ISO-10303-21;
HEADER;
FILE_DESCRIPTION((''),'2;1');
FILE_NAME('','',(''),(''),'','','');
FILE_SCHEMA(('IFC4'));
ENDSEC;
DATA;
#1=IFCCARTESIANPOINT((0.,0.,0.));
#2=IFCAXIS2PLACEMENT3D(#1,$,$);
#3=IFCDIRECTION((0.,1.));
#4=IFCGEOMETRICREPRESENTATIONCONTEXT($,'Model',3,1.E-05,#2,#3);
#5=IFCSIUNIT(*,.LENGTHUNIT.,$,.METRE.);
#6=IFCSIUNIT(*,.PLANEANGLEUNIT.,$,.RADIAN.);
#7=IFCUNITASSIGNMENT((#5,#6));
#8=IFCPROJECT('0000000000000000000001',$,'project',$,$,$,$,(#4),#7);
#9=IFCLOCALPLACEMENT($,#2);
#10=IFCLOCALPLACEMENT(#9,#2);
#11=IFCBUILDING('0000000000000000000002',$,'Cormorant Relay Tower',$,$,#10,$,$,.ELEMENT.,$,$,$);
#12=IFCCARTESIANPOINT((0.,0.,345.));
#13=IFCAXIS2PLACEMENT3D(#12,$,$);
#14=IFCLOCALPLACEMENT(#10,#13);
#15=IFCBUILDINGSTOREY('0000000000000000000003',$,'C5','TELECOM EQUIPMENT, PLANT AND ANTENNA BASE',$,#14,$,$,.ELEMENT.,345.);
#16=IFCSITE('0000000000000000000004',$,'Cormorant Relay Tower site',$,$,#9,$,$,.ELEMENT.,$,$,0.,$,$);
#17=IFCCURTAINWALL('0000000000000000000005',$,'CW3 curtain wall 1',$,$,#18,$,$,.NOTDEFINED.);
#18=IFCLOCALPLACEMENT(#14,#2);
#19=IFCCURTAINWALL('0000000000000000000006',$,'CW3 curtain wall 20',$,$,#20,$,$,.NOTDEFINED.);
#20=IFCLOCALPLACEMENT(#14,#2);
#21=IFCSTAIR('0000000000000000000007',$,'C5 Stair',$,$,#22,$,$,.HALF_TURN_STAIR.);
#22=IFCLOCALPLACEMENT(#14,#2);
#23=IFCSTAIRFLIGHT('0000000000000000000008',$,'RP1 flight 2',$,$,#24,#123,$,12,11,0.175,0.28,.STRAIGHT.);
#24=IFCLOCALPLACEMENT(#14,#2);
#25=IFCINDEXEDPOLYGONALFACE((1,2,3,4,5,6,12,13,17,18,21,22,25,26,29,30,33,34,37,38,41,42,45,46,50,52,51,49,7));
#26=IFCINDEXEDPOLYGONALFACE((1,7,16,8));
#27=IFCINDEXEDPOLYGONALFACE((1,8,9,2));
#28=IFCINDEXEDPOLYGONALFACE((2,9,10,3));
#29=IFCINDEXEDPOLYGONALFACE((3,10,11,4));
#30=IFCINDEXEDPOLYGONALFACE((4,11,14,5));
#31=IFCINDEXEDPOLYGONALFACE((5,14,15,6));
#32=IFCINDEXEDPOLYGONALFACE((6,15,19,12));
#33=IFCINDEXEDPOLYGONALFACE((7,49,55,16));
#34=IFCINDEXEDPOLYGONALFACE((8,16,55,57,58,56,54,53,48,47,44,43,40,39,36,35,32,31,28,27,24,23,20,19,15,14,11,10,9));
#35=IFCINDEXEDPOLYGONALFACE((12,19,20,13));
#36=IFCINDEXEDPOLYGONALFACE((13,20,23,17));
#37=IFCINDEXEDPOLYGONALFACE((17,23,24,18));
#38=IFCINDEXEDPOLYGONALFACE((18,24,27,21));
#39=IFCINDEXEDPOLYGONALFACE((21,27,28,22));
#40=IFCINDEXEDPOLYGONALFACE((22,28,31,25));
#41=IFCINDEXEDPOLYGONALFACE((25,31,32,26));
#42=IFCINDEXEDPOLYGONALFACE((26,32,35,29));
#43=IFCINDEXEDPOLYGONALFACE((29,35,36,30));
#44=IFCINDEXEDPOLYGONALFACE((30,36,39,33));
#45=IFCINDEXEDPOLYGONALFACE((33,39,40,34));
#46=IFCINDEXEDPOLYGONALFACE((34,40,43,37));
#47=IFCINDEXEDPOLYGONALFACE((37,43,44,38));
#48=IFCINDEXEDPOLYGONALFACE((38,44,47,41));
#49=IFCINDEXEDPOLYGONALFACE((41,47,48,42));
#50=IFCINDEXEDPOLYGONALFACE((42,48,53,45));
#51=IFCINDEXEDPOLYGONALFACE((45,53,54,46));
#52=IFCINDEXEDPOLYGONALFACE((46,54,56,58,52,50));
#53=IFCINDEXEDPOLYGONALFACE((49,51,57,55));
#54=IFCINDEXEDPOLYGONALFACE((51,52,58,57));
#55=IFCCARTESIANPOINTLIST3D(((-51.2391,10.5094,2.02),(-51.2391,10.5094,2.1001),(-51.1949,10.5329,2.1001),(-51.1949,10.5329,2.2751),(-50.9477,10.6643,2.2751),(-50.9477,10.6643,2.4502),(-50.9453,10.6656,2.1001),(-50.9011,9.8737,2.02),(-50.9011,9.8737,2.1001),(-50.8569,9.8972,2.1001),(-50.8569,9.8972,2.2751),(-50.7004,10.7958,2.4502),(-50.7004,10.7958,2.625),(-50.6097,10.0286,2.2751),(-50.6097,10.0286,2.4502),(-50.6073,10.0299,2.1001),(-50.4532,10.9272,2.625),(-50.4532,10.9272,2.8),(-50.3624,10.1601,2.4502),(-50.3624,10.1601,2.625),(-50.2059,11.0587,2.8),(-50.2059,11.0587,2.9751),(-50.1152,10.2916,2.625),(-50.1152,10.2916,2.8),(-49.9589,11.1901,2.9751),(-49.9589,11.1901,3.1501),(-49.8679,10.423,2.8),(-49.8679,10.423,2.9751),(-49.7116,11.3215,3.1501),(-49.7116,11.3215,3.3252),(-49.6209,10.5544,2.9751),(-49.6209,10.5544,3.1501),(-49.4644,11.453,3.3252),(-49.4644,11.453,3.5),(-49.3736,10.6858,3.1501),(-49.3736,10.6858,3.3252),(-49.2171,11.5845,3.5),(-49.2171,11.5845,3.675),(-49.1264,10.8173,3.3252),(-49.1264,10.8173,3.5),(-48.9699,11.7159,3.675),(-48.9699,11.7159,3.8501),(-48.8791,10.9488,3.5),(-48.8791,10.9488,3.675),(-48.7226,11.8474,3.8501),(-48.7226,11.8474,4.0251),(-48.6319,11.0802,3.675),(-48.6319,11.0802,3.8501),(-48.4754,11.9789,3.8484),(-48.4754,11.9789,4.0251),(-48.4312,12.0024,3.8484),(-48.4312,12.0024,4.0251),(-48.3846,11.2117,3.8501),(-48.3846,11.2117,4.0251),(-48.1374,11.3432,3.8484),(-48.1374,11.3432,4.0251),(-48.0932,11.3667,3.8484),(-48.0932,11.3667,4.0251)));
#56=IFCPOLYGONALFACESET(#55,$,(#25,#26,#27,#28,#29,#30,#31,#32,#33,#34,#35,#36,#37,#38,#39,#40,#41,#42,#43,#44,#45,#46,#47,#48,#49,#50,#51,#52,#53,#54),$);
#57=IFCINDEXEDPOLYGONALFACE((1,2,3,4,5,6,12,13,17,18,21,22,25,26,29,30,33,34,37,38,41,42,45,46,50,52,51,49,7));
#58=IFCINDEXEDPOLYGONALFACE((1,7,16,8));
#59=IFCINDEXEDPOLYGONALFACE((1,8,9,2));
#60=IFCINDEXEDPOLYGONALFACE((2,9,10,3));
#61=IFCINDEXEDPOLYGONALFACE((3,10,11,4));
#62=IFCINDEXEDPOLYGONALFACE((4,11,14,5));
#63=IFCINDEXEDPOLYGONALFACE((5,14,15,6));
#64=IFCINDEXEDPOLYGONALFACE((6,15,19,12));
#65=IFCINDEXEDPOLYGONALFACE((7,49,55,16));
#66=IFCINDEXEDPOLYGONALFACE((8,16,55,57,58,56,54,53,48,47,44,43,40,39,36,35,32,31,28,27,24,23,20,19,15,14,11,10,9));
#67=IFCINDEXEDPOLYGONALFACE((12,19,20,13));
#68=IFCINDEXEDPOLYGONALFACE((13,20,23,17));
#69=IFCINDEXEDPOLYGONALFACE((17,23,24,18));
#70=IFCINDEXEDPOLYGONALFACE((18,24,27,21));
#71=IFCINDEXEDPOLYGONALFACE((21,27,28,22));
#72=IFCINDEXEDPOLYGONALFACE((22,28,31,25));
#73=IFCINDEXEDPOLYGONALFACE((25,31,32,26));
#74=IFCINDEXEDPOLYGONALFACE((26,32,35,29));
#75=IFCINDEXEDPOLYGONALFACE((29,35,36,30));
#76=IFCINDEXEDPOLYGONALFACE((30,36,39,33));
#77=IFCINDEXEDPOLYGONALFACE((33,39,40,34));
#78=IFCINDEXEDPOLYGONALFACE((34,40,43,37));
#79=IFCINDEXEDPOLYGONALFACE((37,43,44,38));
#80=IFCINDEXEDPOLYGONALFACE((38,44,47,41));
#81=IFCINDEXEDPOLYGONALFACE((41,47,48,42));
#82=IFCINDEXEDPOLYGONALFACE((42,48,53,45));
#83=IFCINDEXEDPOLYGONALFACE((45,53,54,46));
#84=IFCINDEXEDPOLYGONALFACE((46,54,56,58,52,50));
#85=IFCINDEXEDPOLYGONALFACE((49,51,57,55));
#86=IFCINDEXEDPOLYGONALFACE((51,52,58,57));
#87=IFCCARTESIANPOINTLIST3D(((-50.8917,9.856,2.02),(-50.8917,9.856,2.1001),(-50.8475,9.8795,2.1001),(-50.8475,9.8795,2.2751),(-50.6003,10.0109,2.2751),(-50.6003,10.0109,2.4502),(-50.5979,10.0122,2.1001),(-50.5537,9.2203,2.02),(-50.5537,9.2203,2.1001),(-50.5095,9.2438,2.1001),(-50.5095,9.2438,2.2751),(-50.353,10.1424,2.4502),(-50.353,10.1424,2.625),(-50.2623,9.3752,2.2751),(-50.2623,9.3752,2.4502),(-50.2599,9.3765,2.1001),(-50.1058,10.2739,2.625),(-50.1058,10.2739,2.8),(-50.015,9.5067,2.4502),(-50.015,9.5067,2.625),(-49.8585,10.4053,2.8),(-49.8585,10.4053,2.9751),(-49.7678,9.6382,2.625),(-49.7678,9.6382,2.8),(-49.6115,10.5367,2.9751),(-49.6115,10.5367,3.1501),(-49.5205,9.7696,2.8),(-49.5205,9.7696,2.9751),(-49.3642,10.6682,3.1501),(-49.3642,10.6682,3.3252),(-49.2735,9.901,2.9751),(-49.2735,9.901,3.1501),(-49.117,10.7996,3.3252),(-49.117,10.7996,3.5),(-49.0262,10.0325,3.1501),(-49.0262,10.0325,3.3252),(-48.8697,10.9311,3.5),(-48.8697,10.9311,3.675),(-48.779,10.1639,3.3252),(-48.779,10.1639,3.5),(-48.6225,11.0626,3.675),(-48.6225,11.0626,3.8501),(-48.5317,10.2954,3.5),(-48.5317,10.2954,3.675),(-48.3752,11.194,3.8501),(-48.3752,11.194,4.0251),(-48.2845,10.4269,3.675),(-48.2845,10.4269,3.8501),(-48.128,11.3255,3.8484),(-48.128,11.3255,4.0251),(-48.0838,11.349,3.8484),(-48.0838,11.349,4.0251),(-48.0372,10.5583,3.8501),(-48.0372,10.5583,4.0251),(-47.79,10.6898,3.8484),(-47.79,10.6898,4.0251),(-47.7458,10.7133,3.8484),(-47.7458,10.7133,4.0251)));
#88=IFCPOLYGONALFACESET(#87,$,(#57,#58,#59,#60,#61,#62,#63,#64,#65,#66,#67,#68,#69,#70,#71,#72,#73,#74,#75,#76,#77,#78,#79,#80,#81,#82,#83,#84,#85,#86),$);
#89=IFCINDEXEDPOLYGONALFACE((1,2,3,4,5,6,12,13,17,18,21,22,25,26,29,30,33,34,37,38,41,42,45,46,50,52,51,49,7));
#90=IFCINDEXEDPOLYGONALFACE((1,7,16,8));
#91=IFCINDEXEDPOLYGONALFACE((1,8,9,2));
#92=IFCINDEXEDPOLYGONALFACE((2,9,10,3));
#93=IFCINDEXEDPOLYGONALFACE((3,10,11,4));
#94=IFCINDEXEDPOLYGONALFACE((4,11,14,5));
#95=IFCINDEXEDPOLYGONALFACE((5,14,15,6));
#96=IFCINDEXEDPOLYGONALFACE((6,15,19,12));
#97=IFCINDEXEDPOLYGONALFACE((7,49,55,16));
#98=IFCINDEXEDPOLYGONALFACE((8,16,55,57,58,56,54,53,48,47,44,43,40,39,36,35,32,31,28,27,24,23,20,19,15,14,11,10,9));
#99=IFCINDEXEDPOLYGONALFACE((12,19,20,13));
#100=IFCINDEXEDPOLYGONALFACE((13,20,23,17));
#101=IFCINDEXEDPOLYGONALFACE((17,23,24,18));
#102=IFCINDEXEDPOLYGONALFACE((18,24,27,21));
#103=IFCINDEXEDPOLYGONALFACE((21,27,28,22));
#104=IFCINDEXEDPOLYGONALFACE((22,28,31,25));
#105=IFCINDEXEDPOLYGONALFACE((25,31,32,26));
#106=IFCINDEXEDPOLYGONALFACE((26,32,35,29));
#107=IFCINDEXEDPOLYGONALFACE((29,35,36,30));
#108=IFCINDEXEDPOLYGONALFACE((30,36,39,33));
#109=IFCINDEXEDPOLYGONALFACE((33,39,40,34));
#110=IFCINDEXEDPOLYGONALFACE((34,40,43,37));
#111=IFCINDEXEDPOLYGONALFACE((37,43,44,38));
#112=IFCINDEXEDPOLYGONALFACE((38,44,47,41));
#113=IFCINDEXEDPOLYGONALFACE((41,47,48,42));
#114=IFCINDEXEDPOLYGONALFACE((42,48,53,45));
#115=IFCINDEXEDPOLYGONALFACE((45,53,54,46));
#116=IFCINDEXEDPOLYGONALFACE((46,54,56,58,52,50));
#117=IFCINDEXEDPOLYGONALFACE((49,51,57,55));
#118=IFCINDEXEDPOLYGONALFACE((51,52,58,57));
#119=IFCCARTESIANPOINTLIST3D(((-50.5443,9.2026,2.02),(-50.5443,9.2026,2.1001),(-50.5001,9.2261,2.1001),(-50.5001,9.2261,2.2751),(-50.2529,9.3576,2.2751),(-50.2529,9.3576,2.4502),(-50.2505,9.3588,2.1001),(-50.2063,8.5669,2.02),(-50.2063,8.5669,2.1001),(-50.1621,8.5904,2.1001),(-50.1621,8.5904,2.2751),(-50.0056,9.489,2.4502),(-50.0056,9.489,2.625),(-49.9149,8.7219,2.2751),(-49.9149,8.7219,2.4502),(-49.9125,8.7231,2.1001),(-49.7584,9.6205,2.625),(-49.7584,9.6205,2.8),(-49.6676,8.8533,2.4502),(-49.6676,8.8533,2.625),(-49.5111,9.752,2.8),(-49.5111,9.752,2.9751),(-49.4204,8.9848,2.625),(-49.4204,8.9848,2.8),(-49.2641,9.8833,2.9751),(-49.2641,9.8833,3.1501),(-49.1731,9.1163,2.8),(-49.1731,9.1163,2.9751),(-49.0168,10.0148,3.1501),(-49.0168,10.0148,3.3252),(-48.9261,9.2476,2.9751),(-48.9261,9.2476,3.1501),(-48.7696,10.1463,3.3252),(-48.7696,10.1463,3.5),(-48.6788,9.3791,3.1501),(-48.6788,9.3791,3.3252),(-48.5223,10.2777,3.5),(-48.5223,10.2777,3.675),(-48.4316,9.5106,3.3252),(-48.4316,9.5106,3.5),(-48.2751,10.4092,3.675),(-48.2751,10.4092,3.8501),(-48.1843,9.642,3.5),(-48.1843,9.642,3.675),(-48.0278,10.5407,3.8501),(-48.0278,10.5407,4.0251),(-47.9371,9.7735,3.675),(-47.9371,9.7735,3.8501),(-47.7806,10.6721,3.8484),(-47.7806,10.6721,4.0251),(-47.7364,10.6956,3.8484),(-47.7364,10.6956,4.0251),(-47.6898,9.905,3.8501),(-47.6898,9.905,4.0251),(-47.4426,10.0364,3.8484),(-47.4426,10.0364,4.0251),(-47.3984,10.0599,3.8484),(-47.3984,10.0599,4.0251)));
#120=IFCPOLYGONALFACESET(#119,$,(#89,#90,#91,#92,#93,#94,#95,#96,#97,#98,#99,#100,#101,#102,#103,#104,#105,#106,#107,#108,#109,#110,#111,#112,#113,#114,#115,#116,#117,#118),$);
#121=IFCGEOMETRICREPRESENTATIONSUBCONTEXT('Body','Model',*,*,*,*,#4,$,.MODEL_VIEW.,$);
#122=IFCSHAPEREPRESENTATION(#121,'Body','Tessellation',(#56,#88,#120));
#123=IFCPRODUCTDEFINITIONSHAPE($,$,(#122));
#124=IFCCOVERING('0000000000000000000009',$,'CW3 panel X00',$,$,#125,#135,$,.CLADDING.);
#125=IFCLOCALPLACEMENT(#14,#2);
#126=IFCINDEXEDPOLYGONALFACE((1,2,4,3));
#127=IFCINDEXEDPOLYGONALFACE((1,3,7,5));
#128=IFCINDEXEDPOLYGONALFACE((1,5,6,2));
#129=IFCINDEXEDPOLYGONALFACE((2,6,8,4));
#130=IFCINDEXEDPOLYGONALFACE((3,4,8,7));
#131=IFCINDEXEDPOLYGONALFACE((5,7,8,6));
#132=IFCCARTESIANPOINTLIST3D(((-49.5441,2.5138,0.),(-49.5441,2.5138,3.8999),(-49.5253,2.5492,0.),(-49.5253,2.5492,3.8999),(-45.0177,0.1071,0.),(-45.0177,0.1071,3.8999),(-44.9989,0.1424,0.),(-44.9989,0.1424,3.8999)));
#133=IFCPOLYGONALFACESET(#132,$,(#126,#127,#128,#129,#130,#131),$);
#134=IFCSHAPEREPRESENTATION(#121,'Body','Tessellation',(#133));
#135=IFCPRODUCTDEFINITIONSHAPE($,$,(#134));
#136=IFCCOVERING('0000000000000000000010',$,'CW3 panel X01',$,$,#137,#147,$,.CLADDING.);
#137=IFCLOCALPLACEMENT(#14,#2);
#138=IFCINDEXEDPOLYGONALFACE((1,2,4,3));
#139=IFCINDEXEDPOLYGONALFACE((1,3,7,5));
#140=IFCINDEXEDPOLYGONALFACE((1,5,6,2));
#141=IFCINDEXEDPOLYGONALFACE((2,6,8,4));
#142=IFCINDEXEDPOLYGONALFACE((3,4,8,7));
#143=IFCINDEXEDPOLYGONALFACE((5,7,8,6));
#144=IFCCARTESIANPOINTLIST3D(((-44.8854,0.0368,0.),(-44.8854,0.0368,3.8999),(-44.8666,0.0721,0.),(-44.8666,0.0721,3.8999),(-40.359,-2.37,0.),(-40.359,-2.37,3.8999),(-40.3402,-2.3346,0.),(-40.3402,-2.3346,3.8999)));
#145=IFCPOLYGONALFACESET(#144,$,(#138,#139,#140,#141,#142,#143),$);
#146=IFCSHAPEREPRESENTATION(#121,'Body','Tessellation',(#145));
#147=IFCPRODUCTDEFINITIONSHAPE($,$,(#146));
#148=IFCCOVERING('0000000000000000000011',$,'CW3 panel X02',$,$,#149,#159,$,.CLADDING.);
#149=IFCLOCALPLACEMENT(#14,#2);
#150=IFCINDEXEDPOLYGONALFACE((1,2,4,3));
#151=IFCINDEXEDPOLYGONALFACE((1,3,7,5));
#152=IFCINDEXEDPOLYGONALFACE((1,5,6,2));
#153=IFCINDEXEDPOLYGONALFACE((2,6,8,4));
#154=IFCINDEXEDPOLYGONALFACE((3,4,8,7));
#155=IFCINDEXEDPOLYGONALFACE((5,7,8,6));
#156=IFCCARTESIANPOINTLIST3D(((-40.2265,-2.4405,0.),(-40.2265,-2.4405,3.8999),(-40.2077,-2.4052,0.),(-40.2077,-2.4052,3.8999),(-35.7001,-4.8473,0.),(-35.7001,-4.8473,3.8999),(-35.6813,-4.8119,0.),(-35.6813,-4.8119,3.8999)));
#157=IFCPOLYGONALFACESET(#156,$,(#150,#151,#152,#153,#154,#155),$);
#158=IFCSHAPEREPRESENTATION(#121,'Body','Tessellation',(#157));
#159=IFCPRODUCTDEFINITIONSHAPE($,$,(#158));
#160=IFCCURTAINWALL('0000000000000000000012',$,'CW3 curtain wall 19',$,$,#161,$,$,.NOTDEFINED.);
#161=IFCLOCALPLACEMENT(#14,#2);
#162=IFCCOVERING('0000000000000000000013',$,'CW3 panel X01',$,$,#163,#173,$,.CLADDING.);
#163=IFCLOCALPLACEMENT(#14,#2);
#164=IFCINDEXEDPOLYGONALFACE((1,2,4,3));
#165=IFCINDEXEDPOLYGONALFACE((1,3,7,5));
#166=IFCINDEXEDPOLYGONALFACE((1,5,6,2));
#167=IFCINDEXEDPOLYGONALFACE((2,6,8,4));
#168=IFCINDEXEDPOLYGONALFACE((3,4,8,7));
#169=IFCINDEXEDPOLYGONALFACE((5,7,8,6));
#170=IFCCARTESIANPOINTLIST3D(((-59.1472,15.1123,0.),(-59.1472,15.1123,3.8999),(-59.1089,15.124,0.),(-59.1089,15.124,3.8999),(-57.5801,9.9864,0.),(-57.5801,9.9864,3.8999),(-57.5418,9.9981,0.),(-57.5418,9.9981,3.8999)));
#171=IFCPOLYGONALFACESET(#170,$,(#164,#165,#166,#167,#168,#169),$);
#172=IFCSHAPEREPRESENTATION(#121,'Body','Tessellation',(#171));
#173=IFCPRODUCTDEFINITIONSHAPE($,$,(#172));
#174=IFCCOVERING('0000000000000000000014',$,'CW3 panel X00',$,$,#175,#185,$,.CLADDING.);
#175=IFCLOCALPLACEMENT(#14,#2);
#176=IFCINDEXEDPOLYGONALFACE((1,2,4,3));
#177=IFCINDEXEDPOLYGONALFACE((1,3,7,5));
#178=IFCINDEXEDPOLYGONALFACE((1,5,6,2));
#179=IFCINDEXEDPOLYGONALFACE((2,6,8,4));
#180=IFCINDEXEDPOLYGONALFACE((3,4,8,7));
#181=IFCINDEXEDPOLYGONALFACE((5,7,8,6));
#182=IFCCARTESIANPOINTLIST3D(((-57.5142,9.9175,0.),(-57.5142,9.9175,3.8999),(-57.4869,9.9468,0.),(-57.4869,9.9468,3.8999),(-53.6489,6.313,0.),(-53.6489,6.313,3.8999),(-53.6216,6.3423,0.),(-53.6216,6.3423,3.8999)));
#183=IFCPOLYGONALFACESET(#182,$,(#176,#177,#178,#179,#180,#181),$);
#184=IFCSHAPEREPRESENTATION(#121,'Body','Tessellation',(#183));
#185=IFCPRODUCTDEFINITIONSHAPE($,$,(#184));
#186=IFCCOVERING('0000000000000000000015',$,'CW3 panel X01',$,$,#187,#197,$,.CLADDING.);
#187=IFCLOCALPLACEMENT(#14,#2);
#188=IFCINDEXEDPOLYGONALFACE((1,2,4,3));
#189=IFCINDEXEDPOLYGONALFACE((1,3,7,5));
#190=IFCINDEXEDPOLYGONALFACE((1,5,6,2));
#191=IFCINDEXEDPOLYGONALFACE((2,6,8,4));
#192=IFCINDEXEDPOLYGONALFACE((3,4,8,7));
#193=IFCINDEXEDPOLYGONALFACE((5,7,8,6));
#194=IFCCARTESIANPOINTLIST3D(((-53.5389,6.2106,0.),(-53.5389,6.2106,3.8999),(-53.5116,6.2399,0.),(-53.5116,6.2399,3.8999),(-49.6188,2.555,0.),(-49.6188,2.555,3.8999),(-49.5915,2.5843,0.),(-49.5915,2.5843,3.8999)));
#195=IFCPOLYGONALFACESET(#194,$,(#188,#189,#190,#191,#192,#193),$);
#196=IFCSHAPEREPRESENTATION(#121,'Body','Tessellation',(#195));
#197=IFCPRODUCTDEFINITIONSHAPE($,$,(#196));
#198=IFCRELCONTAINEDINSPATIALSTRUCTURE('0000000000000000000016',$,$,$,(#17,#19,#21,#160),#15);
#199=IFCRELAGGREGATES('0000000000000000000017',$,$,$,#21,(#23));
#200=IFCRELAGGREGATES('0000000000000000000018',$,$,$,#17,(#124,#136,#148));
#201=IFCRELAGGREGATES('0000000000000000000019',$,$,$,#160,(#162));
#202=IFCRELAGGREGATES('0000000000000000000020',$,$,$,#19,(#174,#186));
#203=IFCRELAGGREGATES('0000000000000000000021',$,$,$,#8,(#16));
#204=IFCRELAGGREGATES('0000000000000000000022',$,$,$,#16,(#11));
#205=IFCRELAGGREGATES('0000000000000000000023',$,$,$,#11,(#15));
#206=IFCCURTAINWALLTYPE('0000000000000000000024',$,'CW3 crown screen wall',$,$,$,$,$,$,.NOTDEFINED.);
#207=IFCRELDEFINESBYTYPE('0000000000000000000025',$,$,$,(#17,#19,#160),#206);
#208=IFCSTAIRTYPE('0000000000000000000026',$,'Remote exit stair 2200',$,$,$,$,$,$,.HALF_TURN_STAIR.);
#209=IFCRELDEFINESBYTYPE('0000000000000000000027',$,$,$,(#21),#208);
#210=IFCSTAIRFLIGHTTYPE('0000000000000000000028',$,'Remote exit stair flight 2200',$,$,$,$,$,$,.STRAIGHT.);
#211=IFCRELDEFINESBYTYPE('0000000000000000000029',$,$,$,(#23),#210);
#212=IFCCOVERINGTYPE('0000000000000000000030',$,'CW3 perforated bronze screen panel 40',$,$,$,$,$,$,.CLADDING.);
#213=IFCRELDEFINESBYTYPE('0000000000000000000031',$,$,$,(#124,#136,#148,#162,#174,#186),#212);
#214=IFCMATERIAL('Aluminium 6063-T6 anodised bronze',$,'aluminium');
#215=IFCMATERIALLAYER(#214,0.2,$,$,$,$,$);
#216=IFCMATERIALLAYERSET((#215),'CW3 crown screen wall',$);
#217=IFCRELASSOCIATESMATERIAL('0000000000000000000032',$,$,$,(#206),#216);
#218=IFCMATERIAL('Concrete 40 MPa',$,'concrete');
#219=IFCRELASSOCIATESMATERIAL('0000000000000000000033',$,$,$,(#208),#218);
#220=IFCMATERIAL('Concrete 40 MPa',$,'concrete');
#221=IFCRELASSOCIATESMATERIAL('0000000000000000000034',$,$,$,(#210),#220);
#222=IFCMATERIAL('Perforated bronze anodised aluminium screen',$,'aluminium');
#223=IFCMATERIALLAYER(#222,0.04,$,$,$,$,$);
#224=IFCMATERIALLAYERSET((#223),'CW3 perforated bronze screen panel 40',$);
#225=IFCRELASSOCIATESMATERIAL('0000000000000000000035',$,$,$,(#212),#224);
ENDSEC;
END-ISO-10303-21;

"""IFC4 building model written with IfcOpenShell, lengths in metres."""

from ifc_helpers import new_model, si_unit, direction, frame, origin, origin_2d, place, context, subcontext, project, spatial, polyline, rectangle, outline, extrude, material, layer, layer_set, type_object, element, aggregate, save


model = new_model("IFC4")

# Units and contexts
model_context = context("Model", 3, precision=1e-05, world=origin(), true_north=direction((0.0, 1.0)))
body_context = subcontext(model_context, "Body", "Model", "MODEL_VIEW")
ifc_project = project(units=[si_unit("LENGTHUNIT", "METRE"), si_unit("PLANEANGLEUNIT", "RADIAN")], contexts=[model_context])

# Site, building, storey
site_placement = place(None, origin())
site = spatial("IfcSite", under=ifc_project, at=site_placement, Name="Cormorant Relay Tower site", CompositionType="ELEMENT", RefElevation=0.0)
building_placement = place(site_placement, origin())
building = spatial("IfcBuilding", under=site, at=building_placement, Name="Cormorant Relay Tower", CompositionType="ELEMENT")
storey_placement = place(building_placement, frame((0.0, 0.0, 345.0)))
storey = spatial("IfcBuildingStorey", under=building, at=storey_placement, Name="C5", Description="TELECOM EQUIPMENT, PLANT AND ANTENNA BASE", CompositionType="ELEMENT", Elevation=345.0)

# Curtain walls
ifc_material_1 = material(Name="Aluminium 6063-T6 anodised bronze", Category="aluminium")
ifc_layer_1 = layer(ifc_material_1, 0.2)
ifc_layer_set_1 = layer_set([ifc_layer_1], Name="CW3 crown screen wall")
curtain_wall_type = type_object("IfcCurtainWallType", Name="CW3 crown screen wall", PredefinedType="NOTDEFINED", material=ifc_layer_set_1)
curtain_wall_1_placement = place(storey_placement, origin())
curtain_wall_1 = element("IfcCurtainWall", 1, at=curtain_wall_1_placement, inside=storey, type_object=curtain_wall_type, Name="CW3 curtain wall 1", PredefinedType="NOTDEFINED")
curtain_wall_2_placement = place(storey_placement, origin())
curtain_wall_2 = element("IfcCurtainWall", 2, at=curtain_wall_2_placement, inside=storey, type_object=curtain_wall_type, Name="CW3 curtain wall 20", PredefinedType="NOTDEFINED")

# Stair, stair flight
ifc_material_2 = material(Name="Concrete 40 MPa", Category="concrete")
stair_type = type_object("IfcStairType", Name="Remote exit stair 2200", PredefinedType="HALF_TURN_STAIR", material=ifc_material_2)
stair_placement = place(storey_placement, origin())
stair = element("IfcStair", 3, at=stair_placement, inside=storey, type_object=stair_type, Name="C5 Stair", PredefinedType="HALF_TURN_STAIR")
ifc_material_3 = material(Name="Concrete 40 MPa", Category="concrete")
stair_flight_type = type_object("IfcStairFlightType", Name="Remote exit stair flight 2200", PredefinedType="STRAIGHT", material=ifc_material_3)
stair_flight_1_placement = place(storey_placement, frame((-50.6785, 9.5615, 2.1001), z_axis=(0.0, 0.0, 1.0), x_axis=(0.882948, 0.469472, 0.0)))
stair_flight_1 = element("IfcStairFlight", 4, at=stair_flight_1_placement, type_object=stair_flight_type, Name="RP1 flight 2", NumberOfRisers=12, NumberOfTreads=11, PredefinedType="STRAIGHT", RiserHeight=0.175, TreadLength=0.28, context=body_context, shape_type="SweptSolid", body=[
    extrude(outline(polyline([(-0.05, -0.0801), (-0.05, 0.0), (0.0, 0.0), (0.0, 0.175), (0.28, 0.175), (0.28, 0.3501), (0.5601, 0.3501), (0.5601, 0.5249), (0.8401, 0.5249), (0.8401, 0.7), (1.1201, 0.7), (1.1201, 0.875), (1.3999, 0.875), (1.3999, 1.05), (1.6799, 1.05), (1.6799, 1.2251), (1.96, 1.2251), (1.96, 1.3999), (2.24, 1.3999), (2.24, 1.575), (2.52, 1.575), (2.52, 1.75), (2.8, 1.75), (2.8, 1.925), (3.0801, 1.925), (3.1301, 1.925), (3.1301, 1.7483), (3.0801, 1.7483), (0.2827, 0.0), (-0.05, -0.0801)])), frame((0.0, 1.1001, 0.0), z_axis=(0.0, -1.0, 0.0), x_axis=(1.0, 0.0, 0.0)), (0.0, 0.0, 1.0), 0.72),
    extrude(outline(polyline([(-0.05, -0.0801), (-0.05, 0.0), (0.0, 0.0), (0.0, 0.175), (0.28, 0.175), (0.28, 0.3501), (0.5601, 0.3501), (0.5601, 0.5249), (0.8401, 0.5249), (0.8401, 0.7), (1.1201, 0.7), (1.1201, 0.875), (1.3999, 0.875), (1.3999, 1.05), (1.6799, 1.05), (1.6799, 1.2251), (1.96, 1.2251), (1.96, 1.3999), (2.24, 1.3999), (2.24, 1.575), (2.52, 1.575), (2.52, 1.75), (2.8, 1.75), (2.8, 1.925), (3.0801, 1.925), (3.1301, 1.925), (3.1301, 1.7483), (3.0801, 1.7483), (0.2827, 0.0), (-0.05, -0.0801)])), frame((0.0, 0.3601, 0.0), z_axis=(0.0, -1.0, 0.0), x_axis=(1.0, 0.0, 0.0)), (0.0, 0.0, 1.0), 0.72),
    extrude(outline(polyline([(-0.05, -0.0801), (-0.05, 0.0), (0.0, 0.0), (0.0, 0.175), (0.28, 0.175), (0.28, 0.3501), (0.5601, 0.3501), (0.5601, 0.5249), (0.8401, 0.5249), (0.8401, 0.7), (1.1201, 0.7), (1.1201, 0.875), (1.3999, 0.875), (1.3999, 1.05), (1.6799, 1.05), (1.6799, 1.2251), (1.96, 1.2251), (1.96, 1.3999), (2.24, 1.3999), (2.24, 1.575), (2.52, 1.575), (2.52, 1.75), (2.8, 1.75), (2.8, 1.925), (3.0801, 1.925), (3.1301, 1.925), (3.1301, 1.7483), (3.0801, 1.7483), (0.2827, 0.0), (-0.05, -0.0801)])), frame((0.0, -0.3799, 0.0), z_axis=(0.0, -1.0, 0.0), x_axis=(1.0, 0.0, 0.0)), (0.0, 0.0, 1.0), 0.72),
])
aggregate(stair, [stair_flight_1])

# Coverings
ifc_material_4 = material(Name="Perforated bronze anodised aluminium screen", Category="aluminium")
ifc_layer_2 = layer(ifc_material_4, 0.04)
ifc_layer_set_2 = layer_set([ifc_layer_2], Name="CW3 perforated bronze screen panel 40")
covering_type = type_object("IfcCoveringType", Name="CW3 perforated bronze screen panel 40", PredefinedType="CLADDING", material=ifc_layer_set_2)
covering_1_placement = place(storey_placement, frame((-47.2715, 1.3281, 0.0), z_axis=(0.0, 0.0, 1.0), x_axis=(0.882948, -0.469472, 0.0)))
covering_1 = element("IfcCovering", 5, at=covering_1_placement, type_object=covering_type, Name="CW3 panel X00", PredefinedType="CLADDING", context=body_context, shape_type="SweptSolid", body=[
    extrude(rectangle(XDim=5.1265, YDim=0.04, at=origin_2d()), origin(), (0.0, 0.0, 1.0), 3.8999),
])
covering_2_placement = place(storey_placement, frame((-42.6128, -1.1489, 0.0), z_axis=(0.0, 0.0, 1.0), x_axis=(0.882948, -0.469472, 0.0)))
covering_2 = element("IfcCovering", 6, at=covering_2_placement, type_object=covering_type, Name="CW3 panel X01", PredefinedType="CLADDING", context=body_context, shape_type="SweptSolid", body=[
    extrude(rectangle(XDim=5.1265, YDim=0.04, at=origin_2d()), origin(), (0.0, 0.0, 1.0), 3.8999),
])
covering_3_placement = place(storey_placement, frame((-37.9539, -3.6262, 0.0), z_axis=(0.0, 0.0, 1.0), x_axis=(0.882948, -0.469472, 0.0)))
covering_3 = element("IfcCovering", 7, at=covering_3_placement, type_object=covering_type, Name="CW3 panel X02", PredefinedType="CLADDING", context=body_context, shape_type="SweptSolid", body=[
    extrude(rectangle(XDim=5.1265, YDim=0.04, at=origin_2d()), origin(), (0.0, 0.0, 1.0), 3.8999),
])
aggregate(curtain_wall_1, [covering_1, covering_2, covering_3])

# Curtain wall, covering
curtain_wall_3_placement = place(storey_placement, origin())
curtain_wall_3 = element("IfcCurtainWall", 8, at=curtain_wall_3_placement, inside=storey, type_object=curtain_wall_type, Name="CW3 curtain wall 19", PredefinedType="NOTDEFINED")
covering_4_placement = place(storey_placement, frame((-58.3445, 12.5552, 0.0), z_axis=(0.0, 0.0, 1.0), x_axis=(0.292372, -0.956305, 0.0)))
covering_4 = element("IfcCovering", 9, at=covering_4_placement, type_object=covering_type, Name="CW3 panel X01", PredefinedType="CLADDING", context=body_context, shape_type="SweptSolid", body=[
    extrude(rectangle(XDim=5.3601, YDim=0.04, at=origin_2d()), origin(), (0.0, 0.0, 1.0), 3.8999),
])
aggregate(curtain_wall_3, [covering_4])

# Coverings
covering_5_placement = place(storey_placement, frame((-55.5679, 8.1299, 0.0), z_axis=(0.0, 0.0, 1.0), x_axis=(0.731354, -0.681998, 0.0)))
covering_5 = element("IfcCovering", 10, at=covering_5_placement, type_object=covering_type, Name="CW3 panel X00", PredefinedType="CLADDING", context=body_context, shape_type="SweptSolid", body=[
    extrude(rectangle(XDim=5.2852, YDim=0.04, at=origin_2d()), origin(), (0.0, 0.0, 1.0), 3.8999),
])
covering_6_placement = place(storey_placement, frame((-51.5652, 4.3975, 0.0), z_axis=(0.0, 0.0, 1.0), x_axis=(0.731354, -0.681998, 0.0)))
covering_6 = element("IfcCovering", 11, at=covering_6_placement, type_object=covering_type, Name="CW3 panel X01", PredefinedType="CLADDING", context=body_context, shape_type="SweptSolid", body=[
    extrude(rectangle(XDim=5.3601, YDim=0.04, at=origin_2d()), origin(), (0.0, 0.0, 1.0), 3.8999),
])
aggregate(curtain_wall_2, [covering_5, covering_6])

save(model, "model.ifc")
